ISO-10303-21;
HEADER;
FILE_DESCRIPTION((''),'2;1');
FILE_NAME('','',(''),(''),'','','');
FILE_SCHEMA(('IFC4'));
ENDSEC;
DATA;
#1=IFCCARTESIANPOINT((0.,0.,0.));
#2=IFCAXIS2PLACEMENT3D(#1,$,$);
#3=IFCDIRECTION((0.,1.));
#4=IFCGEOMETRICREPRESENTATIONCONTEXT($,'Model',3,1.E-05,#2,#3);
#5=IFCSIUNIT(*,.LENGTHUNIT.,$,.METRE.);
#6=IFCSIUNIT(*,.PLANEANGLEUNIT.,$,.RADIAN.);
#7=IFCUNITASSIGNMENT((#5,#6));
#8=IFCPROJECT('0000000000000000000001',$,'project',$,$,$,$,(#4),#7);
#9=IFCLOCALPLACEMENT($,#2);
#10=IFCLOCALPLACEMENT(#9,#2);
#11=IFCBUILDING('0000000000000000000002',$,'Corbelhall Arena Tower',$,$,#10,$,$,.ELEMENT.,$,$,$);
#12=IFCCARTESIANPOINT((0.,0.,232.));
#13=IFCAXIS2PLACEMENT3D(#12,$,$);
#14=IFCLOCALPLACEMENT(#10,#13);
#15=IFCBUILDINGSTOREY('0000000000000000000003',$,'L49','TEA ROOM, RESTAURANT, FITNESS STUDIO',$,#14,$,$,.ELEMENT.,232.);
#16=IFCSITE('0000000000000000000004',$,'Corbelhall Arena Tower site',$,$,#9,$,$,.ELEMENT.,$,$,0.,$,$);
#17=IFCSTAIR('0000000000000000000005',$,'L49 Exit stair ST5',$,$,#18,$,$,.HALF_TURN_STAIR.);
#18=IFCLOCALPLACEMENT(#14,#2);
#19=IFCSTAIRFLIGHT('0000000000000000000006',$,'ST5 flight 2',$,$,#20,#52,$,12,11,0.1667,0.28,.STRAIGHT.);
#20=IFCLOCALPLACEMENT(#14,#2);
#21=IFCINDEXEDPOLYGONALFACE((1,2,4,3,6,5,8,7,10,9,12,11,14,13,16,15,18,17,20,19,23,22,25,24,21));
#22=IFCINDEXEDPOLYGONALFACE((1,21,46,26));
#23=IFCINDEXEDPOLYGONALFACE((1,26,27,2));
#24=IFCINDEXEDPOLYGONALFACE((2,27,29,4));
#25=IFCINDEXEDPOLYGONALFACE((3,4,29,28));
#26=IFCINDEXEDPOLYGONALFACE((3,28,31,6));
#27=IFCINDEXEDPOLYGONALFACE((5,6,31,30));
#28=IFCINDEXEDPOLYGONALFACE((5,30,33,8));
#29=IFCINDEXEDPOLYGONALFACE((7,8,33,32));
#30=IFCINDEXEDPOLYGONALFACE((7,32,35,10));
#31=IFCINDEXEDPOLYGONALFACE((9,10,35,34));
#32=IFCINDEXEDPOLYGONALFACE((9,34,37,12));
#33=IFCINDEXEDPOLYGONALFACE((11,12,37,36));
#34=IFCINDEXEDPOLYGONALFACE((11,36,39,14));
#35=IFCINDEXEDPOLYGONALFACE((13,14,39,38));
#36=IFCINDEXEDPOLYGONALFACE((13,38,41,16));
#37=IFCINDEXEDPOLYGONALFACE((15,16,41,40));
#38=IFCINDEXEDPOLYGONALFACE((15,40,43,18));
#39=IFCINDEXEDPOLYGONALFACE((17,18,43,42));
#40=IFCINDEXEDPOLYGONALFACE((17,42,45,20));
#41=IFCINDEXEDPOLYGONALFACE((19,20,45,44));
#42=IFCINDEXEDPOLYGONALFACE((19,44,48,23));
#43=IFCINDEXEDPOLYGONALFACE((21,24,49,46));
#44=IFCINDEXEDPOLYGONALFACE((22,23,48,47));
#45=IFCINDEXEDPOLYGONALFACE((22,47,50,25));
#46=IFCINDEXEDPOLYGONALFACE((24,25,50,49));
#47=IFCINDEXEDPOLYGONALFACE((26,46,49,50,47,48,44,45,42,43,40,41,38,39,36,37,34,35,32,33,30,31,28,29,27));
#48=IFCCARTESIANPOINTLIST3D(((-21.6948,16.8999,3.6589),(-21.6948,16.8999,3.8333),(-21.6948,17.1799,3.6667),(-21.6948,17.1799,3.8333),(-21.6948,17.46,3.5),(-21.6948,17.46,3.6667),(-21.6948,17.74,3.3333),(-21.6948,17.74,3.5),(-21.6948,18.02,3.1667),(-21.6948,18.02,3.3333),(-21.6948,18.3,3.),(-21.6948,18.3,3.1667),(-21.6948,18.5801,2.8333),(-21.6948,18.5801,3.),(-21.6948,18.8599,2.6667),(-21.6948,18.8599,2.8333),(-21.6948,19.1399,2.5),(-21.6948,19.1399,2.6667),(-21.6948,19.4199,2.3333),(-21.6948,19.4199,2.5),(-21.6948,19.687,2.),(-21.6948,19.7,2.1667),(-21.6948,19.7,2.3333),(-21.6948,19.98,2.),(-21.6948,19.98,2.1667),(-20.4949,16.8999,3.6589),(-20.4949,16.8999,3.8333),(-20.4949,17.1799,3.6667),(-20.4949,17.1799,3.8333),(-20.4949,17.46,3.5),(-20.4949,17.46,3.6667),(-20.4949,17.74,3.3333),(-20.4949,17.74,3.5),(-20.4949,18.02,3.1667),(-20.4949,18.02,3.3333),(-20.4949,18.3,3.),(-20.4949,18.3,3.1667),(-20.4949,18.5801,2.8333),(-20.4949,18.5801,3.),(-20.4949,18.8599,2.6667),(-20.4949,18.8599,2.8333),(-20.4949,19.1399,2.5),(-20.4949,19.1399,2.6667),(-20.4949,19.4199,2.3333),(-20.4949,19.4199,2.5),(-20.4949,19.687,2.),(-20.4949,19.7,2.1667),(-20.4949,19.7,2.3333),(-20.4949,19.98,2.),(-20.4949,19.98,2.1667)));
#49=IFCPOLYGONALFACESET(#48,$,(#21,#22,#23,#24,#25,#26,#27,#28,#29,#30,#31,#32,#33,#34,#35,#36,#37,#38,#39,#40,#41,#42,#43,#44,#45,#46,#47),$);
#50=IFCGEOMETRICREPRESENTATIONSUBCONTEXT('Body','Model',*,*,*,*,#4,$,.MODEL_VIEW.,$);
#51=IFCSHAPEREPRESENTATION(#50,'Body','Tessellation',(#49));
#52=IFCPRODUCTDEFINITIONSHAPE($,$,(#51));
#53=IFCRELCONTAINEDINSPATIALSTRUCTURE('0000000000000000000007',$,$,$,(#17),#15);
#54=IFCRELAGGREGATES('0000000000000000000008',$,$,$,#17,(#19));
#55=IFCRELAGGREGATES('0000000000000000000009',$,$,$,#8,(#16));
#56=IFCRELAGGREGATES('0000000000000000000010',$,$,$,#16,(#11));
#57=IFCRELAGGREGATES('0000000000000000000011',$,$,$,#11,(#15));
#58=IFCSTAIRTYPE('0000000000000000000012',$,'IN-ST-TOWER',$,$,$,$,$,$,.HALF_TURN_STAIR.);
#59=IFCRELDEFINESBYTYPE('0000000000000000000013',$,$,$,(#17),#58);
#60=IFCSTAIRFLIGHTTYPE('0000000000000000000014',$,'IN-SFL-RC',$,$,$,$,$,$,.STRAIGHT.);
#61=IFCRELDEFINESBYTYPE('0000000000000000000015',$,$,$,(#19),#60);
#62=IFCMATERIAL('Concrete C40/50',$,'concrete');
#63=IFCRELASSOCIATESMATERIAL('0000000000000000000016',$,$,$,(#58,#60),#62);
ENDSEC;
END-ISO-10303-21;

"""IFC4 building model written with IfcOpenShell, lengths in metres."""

from ifc_helpers import new_model, si_unit, direction, frame, origin, place, context, subcontext, project, spatial, polyline, outline, extrude, material, type_object, element, aggregate, save


model = new_model("IFC4")

# Units and contexts
model_context = context("Model", 3, precision=1e-05, world=origin(), true_north=direction((0.0, 1.0)))
body_context = subcontext(model_context, "Body", "Model", "MODEL_VIEW")
ifc_project = project(units=[si_unit("LENGTHUNIT", "METRE"), si_unit("PLANEANGLEUNIT", "RADIAN")], contexts=[model_context])

# Site, building, storey
site_placement = place(None, origin())
site = spatial("IfcSite", under=ifc_project, at=site_placement, Name="Corbelhall Arena Tower site", CompositionType="ELEMENT", RefElevation=0.0)
building_placement = place(site_placement, origin())
building = spatial("IfcBuilding", under=site, at=building_placement, Name="Corbelhall Arena Tower", CompositionType="ELEMENT")
storey_placement = place(building_placement, frame((0.0, 0.0, 232.0)))
storey = spatial("IfcBuildingStorey", under=building, at=storey_placement, Name="L49", Description="TEA ROOM, RESTAURANT, FITNESS STUDIO", CompositionType="ELEMENT", Elevation=232.0)

# Shared definitions
ifc_material_1 = material(Name="Concrete C40/50", Category="concrete")

# Shared definitions
stair_type = type_object("IfcStairType", Name="IN-ST-TOWER", PredefinedType="HALF_TURN_STAIR", material=ifc_material_1)
stair_flight_type = type_object("IfcStairFlightType", Name="IN-SFL-RC", PredefinedType="STRAIGHT", material=ifc_material_1)

# Stair, stair flight
stair_1_placement = place(storey_placement, origin())
stair_1 = element("IfcStair", 1, at=stair_1_placement, inside=storey, type_object=stair_type, Name="L49 Exit stair ST5", PredefinedType="HALF_TURN_STAIR")
stair_flight_1_placement = place(storey_placement, frame((-21.095, 19.98, 2.0), z_axis=(0.0, 0.0, 1.0), x_axis=(0.0, -1.0, 0.0)))
stair_flight_1 = element("IfcStairFlight", 2, at=stair_flight_1_placement, type_object=stair_flight_type, Name="ST5 flight 2", NumberOfRisers=12, NumberOfTreads=11, PredefinedType="STRAIGHT", RiserHeight=0.1667, TreadLength=0.28, context=body_context, shape_type="SweptSolid", body=[
    extrude(outline(polyline([(0.0, 0.0), (0.0, 0.1667), (0.28, 0.1667), (0.28, 0.3333), (0.5601, 0.3333), (0.5601, 0.5), (0.8401, 0.5), (0.8401, 0.6667), (1.1201, 0.6667), (1.1201, 0.8333), (1.3999, 0.8333), (1.3999, 1.0), (1.6799, 1.0), (1.6799, 1.1667), (1.96, 1.1667), (1.96, 1.3333), (2.24, 1.3333), (2.24, 1.5), (2.52, 1.5), (2.52, 1.6667), (2.8, 1.6667), (2.8, 1.8333), (3.0801, 1.8333), (3.0801, 2.0), (3.0801, 1.6589), (0.293, 0.0), (0.0, 0.0)])), frame((0.0, 0.6001, 0.0), z_axis=(0.0, -1.0, 0.0), x_axis=(1.0, 0.0, 0.0)), (0.0, 0.0, 1.0), 1.2),
])
aggregate(stair_1, [stair_flight_1])

save(model, "model.ifc")
